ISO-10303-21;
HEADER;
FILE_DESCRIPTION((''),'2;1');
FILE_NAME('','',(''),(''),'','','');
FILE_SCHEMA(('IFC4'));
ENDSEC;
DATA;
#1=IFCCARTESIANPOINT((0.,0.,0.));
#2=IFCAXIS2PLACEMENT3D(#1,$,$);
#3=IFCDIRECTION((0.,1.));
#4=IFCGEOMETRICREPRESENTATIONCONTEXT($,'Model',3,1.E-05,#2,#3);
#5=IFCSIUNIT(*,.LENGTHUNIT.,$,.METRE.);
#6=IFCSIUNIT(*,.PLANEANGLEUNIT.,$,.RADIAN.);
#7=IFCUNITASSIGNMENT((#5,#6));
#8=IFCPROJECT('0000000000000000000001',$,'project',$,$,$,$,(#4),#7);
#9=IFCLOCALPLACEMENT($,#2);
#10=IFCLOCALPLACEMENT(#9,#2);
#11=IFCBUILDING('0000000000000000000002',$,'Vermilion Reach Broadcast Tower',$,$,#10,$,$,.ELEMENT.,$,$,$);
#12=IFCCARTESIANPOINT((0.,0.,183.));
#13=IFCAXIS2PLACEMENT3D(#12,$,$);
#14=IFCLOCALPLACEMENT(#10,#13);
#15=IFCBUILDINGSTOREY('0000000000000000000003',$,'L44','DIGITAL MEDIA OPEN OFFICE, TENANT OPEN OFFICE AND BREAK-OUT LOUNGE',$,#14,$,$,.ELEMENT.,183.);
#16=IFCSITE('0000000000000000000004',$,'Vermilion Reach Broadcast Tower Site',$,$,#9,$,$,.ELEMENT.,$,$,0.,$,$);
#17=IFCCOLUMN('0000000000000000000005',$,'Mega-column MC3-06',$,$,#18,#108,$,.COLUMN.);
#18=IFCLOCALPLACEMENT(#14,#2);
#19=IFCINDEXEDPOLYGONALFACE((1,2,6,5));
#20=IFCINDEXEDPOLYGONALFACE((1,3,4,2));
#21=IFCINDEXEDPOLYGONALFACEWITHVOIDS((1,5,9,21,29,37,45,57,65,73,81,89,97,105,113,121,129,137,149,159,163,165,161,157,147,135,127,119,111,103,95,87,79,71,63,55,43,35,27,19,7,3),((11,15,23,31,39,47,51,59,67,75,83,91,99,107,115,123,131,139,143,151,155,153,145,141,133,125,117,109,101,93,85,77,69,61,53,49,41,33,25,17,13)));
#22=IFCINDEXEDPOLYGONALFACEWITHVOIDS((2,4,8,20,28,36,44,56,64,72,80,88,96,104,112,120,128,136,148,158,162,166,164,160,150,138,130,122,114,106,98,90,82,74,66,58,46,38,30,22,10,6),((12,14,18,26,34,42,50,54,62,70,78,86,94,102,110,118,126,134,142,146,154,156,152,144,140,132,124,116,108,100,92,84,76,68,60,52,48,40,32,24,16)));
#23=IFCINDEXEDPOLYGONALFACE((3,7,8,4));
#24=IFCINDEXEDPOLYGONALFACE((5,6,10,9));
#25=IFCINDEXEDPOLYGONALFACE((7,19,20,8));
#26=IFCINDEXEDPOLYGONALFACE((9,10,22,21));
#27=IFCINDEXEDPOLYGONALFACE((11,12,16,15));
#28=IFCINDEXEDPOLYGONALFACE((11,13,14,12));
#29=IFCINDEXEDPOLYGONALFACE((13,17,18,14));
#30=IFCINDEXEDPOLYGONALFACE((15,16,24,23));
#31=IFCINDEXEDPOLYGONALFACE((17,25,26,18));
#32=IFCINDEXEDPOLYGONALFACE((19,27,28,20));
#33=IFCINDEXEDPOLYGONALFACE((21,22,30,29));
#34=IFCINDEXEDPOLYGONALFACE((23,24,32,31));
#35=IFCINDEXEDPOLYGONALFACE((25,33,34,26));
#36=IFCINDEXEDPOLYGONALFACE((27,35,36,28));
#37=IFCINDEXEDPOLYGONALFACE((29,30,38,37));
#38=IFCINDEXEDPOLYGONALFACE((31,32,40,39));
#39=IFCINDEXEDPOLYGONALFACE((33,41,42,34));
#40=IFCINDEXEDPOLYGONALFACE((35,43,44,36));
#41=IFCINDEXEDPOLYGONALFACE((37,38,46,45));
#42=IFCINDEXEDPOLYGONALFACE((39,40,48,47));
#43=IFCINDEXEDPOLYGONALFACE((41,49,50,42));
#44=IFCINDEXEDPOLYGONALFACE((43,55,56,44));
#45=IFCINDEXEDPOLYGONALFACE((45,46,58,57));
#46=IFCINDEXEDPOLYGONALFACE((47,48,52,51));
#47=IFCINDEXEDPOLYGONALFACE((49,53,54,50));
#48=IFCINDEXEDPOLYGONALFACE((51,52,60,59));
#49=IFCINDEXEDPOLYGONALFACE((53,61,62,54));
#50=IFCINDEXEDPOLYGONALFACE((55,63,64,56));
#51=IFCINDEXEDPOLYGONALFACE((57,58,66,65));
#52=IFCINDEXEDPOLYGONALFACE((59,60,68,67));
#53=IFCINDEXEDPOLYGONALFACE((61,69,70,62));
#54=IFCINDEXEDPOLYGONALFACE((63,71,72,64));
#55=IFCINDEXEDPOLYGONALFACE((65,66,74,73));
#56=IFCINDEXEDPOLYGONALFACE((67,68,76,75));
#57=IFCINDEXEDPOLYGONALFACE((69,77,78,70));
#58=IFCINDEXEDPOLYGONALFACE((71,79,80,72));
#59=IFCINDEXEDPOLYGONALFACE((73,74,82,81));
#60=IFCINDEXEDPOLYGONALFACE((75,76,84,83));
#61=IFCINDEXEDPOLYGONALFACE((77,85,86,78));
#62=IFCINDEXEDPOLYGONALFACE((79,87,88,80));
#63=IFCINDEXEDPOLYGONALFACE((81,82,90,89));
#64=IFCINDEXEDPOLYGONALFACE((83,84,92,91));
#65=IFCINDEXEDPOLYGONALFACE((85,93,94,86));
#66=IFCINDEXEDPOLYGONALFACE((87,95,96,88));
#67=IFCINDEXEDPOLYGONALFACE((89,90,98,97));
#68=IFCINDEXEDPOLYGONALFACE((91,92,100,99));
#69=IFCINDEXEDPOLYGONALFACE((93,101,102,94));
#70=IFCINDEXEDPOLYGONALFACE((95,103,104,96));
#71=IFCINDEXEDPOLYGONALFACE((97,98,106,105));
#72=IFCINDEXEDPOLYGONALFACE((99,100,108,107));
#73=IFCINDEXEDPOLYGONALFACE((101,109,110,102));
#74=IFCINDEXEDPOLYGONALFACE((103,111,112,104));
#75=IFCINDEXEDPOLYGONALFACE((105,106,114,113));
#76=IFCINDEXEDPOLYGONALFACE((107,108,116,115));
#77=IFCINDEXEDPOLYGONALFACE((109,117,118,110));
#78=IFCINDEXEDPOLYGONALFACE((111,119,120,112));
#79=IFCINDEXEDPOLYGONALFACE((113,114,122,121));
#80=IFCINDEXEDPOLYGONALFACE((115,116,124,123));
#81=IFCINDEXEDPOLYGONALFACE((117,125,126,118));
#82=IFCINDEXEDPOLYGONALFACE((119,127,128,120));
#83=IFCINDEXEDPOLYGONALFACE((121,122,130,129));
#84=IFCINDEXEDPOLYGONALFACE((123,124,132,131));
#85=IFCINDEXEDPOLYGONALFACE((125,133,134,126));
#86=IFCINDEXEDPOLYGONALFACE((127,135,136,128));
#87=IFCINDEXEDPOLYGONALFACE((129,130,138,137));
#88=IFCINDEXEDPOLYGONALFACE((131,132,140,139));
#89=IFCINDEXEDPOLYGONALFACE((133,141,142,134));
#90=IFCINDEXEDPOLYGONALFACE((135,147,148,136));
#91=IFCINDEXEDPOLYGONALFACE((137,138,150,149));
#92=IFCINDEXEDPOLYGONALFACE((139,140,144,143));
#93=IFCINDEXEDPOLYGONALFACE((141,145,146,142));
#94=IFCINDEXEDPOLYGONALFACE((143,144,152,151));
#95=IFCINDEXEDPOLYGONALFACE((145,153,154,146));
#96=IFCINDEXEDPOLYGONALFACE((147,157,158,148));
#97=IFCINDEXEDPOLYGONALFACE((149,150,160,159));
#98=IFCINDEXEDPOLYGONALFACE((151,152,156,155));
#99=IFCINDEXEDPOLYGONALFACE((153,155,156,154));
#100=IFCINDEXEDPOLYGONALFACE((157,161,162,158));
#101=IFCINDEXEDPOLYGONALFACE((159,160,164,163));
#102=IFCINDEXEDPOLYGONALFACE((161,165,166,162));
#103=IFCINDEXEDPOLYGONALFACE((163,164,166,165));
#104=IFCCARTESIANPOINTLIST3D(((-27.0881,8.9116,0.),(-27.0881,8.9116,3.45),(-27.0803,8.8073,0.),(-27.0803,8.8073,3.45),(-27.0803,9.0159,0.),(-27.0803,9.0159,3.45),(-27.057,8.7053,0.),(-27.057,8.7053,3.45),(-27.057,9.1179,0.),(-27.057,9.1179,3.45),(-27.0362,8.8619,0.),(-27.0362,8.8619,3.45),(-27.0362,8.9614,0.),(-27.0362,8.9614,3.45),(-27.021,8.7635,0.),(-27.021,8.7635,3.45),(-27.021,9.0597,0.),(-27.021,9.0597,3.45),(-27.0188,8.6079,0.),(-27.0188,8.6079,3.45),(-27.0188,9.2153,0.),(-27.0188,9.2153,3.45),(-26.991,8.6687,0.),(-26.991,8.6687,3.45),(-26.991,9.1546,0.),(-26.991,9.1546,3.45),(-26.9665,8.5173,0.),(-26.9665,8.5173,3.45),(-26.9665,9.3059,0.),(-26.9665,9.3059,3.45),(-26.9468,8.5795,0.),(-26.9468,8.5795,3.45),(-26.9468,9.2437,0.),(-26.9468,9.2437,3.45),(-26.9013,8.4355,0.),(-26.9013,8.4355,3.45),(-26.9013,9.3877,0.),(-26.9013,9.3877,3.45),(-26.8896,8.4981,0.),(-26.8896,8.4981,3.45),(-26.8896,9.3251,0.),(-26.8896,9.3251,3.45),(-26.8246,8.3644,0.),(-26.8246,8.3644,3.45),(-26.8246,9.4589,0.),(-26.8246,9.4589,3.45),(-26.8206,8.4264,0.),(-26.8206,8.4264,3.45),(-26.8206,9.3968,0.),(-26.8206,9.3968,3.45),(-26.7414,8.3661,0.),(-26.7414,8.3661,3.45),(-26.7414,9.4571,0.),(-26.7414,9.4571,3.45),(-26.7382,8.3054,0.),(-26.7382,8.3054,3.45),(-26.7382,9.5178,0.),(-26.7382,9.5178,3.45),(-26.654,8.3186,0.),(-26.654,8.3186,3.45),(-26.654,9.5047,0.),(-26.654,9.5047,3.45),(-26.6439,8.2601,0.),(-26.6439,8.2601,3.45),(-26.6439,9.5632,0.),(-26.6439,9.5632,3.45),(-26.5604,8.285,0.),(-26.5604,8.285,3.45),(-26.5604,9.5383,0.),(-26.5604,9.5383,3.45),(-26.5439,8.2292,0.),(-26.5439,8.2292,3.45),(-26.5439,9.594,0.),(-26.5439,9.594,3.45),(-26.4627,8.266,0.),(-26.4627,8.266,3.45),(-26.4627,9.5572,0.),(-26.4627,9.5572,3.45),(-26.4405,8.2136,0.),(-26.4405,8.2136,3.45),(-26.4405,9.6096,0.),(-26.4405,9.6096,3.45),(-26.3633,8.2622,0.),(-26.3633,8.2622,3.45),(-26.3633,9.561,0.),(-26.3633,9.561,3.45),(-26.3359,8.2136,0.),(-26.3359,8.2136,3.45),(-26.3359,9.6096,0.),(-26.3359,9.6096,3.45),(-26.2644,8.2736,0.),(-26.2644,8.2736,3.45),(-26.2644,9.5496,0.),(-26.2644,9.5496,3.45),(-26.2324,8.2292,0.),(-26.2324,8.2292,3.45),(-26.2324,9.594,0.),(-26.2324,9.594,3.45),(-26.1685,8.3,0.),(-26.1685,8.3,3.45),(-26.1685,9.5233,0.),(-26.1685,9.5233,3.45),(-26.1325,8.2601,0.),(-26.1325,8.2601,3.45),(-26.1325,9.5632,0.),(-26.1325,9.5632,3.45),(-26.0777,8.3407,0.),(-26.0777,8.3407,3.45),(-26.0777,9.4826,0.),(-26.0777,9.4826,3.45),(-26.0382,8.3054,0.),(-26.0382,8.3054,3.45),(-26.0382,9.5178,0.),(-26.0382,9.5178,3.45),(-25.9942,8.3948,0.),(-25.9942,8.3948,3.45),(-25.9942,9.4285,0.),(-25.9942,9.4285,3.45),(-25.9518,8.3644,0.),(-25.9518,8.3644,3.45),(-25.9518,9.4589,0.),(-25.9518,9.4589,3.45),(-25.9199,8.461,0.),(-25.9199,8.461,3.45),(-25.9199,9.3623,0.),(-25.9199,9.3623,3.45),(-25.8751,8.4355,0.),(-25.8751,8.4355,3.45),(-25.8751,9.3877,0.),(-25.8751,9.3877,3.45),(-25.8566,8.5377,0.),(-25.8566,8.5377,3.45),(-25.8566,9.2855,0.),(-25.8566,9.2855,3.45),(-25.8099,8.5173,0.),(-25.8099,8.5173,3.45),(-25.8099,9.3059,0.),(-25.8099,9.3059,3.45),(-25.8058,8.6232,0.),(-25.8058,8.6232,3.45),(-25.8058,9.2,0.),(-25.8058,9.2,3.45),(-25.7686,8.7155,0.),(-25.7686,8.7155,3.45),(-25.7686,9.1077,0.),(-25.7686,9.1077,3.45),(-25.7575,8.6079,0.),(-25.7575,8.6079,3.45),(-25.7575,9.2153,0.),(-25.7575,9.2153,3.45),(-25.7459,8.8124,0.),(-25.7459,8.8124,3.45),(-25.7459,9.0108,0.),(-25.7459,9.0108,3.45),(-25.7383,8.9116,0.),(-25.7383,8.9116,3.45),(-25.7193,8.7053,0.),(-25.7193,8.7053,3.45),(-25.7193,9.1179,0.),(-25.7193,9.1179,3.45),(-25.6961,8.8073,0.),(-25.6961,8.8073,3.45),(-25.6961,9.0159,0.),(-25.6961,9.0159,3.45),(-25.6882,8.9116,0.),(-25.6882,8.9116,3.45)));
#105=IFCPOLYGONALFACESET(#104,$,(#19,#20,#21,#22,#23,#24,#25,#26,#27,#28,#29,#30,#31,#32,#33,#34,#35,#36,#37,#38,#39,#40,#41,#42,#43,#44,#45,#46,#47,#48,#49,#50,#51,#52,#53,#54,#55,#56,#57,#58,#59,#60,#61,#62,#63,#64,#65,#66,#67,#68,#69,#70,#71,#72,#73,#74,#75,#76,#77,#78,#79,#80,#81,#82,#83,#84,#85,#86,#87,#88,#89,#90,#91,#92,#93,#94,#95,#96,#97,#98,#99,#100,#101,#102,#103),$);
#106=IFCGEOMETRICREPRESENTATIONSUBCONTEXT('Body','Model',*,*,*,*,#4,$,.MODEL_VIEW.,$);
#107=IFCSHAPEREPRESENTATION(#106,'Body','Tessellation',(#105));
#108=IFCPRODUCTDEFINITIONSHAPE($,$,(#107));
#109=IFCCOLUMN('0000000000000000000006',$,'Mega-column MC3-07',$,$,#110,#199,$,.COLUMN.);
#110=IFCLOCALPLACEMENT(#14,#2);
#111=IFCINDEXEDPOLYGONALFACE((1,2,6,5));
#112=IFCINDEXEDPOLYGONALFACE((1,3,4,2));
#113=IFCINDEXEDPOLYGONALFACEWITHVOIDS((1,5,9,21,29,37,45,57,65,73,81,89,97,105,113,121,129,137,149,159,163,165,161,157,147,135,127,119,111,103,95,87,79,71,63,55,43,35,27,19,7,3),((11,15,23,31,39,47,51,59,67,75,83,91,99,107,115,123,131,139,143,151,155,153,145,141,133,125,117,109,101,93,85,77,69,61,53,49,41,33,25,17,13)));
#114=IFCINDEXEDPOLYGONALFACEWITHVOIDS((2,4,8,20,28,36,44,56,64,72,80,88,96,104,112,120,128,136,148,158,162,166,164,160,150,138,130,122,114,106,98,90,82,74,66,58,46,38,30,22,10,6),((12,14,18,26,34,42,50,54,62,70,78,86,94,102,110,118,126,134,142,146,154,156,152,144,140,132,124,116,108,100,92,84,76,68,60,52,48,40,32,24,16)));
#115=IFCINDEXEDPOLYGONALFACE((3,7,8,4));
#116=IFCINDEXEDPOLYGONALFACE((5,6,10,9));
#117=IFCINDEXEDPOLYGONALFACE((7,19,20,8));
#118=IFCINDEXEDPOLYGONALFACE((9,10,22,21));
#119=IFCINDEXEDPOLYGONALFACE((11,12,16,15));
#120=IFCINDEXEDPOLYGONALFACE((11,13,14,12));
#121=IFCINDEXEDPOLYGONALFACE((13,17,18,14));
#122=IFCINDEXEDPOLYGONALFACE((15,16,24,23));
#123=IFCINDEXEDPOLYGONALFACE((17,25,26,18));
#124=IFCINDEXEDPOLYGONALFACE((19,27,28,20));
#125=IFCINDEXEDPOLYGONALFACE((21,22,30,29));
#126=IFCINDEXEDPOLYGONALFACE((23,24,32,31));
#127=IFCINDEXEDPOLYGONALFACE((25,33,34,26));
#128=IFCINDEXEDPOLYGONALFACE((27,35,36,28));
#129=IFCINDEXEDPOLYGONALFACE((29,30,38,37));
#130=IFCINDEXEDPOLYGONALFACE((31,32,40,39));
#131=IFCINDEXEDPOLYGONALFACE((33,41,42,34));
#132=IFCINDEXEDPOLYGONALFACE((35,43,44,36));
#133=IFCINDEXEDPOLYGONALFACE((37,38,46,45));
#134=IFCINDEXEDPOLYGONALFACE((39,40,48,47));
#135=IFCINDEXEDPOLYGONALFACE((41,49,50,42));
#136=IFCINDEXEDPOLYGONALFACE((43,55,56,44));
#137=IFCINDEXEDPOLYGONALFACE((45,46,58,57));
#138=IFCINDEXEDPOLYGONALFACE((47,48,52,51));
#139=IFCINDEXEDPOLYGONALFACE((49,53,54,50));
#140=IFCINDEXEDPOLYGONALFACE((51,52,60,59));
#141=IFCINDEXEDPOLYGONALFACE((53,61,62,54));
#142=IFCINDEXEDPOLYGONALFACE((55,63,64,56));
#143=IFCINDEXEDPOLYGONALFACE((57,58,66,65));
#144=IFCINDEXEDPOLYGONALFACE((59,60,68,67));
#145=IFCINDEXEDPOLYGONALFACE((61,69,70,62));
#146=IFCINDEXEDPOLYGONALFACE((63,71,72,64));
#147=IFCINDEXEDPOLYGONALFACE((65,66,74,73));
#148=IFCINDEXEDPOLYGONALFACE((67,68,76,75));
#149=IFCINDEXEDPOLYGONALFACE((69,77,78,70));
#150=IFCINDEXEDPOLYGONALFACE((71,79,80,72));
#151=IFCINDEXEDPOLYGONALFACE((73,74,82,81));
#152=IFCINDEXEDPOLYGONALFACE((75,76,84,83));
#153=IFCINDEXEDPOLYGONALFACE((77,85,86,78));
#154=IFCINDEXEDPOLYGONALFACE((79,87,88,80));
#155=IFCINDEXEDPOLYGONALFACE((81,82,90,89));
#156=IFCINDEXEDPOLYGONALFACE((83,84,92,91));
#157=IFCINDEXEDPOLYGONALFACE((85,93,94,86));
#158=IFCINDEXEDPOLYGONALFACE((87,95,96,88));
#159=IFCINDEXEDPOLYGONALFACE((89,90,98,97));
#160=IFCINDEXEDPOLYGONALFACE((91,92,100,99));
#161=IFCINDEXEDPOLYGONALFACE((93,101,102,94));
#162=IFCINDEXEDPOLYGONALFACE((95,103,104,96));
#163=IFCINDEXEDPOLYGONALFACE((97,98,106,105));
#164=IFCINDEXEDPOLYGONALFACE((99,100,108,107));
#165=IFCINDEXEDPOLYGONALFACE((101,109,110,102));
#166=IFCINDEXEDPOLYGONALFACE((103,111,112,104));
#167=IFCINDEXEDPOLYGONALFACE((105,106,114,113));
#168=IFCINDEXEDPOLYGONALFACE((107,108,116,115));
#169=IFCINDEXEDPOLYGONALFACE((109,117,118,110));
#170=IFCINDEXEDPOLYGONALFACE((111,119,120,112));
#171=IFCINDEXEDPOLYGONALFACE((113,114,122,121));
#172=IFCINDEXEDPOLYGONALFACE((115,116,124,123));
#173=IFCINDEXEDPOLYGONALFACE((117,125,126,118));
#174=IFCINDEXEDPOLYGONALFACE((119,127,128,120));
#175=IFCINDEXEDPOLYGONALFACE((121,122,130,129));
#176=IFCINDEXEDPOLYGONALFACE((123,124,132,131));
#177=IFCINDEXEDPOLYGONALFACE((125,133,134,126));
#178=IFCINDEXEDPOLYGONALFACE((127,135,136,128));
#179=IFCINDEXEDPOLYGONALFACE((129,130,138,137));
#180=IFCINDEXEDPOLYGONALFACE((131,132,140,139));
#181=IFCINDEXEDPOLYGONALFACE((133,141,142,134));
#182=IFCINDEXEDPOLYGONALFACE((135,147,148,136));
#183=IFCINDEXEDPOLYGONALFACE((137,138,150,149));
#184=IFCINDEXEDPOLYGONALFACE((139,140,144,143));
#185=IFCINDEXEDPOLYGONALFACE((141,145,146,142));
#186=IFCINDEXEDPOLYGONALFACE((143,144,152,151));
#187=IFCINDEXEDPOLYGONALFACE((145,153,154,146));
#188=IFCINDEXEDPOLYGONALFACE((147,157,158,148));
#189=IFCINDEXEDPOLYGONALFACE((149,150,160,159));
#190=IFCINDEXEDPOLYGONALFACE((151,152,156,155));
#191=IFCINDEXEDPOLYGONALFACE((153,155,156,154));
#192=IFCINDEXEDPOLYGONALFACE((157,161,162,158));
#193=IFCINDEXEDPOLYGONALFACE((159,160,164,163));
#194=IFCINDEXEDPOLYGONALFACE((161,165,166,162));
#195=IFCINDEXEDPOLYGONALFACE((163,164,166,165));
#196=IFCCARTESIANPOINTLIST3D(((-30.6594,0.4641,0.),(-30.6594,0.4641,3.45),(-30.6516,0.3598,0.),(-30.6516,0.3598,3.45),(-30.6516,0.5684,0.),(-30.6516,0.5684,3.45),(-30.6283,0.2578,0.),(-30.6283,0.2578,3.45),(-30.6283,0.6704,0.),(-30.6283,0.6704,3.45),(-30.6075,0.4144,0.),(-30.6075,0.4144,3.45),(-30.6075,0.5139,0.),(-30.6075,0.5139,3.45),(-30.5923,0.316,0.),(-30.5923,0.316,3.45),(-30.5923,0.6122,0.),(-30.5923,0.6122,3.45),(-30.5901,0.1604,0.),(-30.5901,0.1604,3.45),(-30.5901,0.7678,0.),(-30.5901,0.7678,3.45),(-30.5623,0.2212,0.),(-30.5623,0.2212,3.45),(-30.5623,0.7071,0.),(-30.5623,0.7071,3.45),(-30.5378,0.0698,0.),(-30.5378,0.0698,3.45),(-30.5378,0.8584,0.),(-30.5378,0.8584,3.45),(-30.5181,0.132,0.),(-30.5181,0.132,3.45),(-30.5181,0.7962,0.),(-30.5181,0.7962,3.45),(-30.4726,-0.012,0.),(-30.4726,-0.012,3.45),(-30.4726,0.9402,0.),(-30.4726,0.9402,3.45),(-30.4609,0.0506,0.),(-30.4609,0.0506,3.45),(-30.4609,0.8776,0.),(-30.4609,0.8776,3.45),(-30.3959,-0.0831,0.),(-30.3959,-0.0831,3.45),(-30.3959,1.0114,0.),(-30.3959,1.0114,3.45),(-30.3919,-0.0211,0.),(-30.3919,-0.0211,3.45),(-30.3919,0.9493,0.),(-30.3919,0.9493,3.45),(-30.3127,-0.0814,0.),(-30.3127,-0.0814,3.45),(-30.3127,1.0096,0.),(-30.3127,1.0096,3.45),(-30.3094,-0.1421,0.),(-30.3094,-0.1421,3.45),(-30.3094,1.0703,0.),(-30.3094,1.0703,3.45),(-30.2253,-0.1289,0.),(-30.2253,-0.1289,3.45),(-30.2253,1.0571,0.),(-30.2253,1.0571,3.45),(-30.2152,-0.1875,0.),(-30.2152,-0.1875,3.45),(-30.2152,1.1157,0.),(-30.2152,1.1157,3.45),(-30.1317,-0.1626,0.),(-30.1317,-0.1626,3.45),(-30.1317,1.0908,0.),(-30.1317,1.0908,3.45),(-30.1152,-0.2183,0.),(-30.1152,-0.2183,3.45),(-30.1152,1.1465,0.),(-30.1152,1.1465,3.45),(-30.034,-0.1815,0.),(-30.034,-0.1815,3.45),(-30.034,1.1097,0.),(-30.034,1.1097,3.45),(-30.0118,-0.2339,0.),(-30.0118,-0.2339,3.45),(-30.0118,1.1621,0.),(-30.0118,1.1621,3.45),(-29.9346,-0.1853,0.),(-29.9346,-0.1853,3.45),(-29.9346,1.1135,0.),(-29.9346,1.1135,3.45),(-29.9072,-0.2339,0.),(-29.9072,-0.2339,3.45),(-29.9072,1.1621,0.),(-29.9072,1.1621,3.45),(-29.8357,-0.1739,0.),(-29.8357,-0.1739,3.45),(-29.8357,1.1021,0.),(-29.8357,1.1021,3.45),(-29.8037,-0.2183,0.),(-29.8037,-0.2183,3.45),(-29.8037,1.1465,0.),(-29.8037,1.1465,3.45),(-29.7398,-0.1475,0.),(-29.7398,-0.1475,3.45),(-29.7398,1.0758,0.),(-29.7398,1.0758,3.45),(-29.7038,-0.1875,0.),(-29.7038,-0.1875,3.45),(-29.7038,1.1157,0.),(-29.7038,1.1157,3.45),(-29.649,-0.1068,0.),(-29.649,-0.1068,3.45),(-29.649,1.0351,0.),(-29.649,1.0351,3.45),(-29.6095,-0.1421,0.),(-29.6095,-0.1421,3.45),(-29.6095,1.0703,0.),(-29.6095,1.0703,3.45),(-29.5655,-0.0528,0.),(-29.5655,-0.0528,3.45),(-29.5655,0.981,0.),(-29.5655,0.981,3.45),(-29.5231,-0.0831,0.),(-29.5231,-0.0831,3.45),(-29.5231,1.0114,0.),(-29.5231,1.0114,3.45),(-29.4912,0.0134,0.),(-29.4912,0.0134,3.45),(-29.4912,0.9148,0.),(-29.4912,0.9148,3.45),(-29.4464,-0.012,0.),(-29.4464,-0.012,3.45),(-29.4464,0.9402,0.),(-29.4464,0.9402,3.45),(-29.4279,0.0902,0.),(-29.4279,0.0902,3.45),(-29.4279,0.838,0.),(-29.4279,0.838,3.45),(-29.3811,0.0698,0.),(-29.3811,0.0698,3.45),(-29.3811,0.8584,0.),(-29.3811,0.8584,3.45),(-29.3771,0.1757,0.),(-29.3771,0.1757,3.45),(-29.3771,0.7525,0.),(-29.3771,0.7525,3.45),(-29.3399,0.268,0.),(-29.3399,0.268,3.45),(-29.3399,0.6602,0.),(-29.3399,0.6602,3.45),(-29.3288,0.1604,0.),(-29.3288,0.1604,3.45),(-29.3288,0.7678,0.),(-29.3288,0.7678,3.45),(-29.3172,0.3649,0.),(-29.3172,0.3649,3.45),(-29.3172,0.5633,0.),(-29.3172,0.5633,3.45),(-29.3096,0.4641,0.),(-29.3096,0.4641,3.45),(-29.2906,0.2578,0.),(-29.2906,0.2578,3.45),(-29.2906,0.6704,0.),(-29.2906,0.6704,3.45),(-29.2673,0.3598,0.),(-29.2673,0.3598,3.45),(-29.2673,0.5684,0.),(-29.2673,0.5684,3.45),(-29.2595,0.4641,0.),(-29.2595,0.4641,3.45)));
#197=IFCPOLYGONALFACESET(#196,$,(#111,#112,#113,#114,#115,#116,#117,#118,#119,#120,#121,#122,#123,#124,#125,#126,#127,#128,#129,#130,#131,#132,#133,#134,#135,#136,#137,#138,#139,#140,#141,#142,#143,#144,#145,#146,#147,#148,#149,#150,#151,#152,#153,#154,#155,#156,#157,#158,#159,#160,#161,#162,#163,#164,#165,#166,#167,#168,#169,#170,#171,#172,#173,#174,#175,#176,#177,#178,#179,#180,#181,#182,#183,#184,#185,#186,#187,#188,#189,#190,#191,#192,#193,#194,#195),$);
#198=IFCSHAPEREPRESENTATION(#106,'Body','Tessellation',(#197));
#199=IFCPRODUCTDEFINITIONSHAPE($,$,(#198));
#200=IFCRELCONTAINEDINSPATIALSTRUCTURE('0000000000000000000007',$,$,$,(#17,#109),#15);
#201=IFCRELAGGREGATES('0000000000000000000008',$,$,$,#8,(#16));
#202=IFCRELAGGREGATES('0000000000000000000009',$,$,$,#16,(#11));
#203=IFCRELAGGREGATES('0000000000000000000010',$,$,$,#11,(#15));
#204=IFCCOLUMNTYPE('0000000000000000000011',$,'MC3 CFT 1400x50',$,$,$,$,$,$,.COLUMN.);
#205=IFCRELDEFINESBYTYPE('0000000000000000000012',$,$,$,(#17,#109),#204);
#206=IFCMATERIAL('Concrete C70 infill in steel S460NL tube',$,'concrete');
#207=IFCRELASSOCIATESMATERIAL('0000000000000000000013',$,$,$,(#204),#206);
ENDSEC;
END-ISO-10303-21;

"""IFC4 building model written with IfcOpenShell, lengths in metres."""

from ifc_helpers import new_model, si_unit, direction, frame, origin, origin_2d, place, context, subcontext, project, spatial, hollow_circle, extrude, material, material_profile, profile_set, type_object, element, save


model = new_model("IFC4")

# Units and contexts
model_context = context("Model", 3, precision=1e-05, world=origin(), true_north=direction((0.0, 1.0)))
body_context = subcontext(model_context, "Body", "Model", "MODEL_VIEW")
ifc_project = project(units=[si_unit("LENGTHUNIT", "METRE"), si_unit("PLANEANGLEUNIT", "RADIAN")], contexts=[model_context])

# Site, building, storey
site_placement = place(None, origin())
site = spatial("IfcSite", under=ifc_project, at=site_placement, Name="Vermilion Reach Broadcast Tower Site", CompositionType="ELEMENT", RefElevation=0.0)
building_placement = place(site_placement, origin())
building = spatial("IfcBuilding", under=site, at=building_placement, Name="Vermilion Reach Broadcast Tower", CompositionType="ELEMENT")
storey_placement = place(building_placement, frame((0.0, 0.0, 183.0)))
storey = spatial("IfcBuildingStorey", under=building, at=storey_placement, Name="L44", Description="DIGITAL MEDIA OPEN OFFICE, TENANT OPEN OFFICE AND BREAK-OUT LOUNGE", CompositionType="ELEMENT", Elevation=183.0)

# Columns
ifc_material_1 = material(Name="Concrete C70 infill in steel S460NL tube", Category="concrete")
ifc_material_profile_1 = material_profile(ifc_material_1, hollow_circle(Radius=0.7, WallThickness=0.05, at=origin_2d()), Name="Concrete C70 infill in steel S460NL tube CFT 1400x50")
ifc_profile_set_1 = profile_set([ifc_material_profile_1], Name="Concrete C70 infill in steel S460NL tube")
column_type = type_object("IfcColumnType", Name="MC3 CFT 1400x50", PredefinedType="COLUMN", material=ifc_profile_set_1)
for number, where, z_axis, x_axis, name in (
    (1, (-26.3882, 8.9116, 0.0), (0.0, 0.0, 1.0), (1.0, 0.0, 0.0), "Mega-column MC3-06"),
    (2, (-29.9595, 0.4641, 0.0), (0.0, 0.0, 1.0), (1.0, 0.0, 0.0), "Mega-column MC3-07"),
):
    element("IfcColumn", number, at=place(storey_placement, frame(where, z_axis=z_axis, x_axis=x_axis)), inside=storey, type_object=column_type, Name=name, PredefinedType="COLUMN", context=body_context, shape_type="SweptSolid", body=[
        extrude(hollow_circle(Radius=0.7, WallThickness=0.05, at=origin_2d()), origin(), (0.0, 0.0, 1.0), 3.45),
    ])

save(model, "model.ifc")
